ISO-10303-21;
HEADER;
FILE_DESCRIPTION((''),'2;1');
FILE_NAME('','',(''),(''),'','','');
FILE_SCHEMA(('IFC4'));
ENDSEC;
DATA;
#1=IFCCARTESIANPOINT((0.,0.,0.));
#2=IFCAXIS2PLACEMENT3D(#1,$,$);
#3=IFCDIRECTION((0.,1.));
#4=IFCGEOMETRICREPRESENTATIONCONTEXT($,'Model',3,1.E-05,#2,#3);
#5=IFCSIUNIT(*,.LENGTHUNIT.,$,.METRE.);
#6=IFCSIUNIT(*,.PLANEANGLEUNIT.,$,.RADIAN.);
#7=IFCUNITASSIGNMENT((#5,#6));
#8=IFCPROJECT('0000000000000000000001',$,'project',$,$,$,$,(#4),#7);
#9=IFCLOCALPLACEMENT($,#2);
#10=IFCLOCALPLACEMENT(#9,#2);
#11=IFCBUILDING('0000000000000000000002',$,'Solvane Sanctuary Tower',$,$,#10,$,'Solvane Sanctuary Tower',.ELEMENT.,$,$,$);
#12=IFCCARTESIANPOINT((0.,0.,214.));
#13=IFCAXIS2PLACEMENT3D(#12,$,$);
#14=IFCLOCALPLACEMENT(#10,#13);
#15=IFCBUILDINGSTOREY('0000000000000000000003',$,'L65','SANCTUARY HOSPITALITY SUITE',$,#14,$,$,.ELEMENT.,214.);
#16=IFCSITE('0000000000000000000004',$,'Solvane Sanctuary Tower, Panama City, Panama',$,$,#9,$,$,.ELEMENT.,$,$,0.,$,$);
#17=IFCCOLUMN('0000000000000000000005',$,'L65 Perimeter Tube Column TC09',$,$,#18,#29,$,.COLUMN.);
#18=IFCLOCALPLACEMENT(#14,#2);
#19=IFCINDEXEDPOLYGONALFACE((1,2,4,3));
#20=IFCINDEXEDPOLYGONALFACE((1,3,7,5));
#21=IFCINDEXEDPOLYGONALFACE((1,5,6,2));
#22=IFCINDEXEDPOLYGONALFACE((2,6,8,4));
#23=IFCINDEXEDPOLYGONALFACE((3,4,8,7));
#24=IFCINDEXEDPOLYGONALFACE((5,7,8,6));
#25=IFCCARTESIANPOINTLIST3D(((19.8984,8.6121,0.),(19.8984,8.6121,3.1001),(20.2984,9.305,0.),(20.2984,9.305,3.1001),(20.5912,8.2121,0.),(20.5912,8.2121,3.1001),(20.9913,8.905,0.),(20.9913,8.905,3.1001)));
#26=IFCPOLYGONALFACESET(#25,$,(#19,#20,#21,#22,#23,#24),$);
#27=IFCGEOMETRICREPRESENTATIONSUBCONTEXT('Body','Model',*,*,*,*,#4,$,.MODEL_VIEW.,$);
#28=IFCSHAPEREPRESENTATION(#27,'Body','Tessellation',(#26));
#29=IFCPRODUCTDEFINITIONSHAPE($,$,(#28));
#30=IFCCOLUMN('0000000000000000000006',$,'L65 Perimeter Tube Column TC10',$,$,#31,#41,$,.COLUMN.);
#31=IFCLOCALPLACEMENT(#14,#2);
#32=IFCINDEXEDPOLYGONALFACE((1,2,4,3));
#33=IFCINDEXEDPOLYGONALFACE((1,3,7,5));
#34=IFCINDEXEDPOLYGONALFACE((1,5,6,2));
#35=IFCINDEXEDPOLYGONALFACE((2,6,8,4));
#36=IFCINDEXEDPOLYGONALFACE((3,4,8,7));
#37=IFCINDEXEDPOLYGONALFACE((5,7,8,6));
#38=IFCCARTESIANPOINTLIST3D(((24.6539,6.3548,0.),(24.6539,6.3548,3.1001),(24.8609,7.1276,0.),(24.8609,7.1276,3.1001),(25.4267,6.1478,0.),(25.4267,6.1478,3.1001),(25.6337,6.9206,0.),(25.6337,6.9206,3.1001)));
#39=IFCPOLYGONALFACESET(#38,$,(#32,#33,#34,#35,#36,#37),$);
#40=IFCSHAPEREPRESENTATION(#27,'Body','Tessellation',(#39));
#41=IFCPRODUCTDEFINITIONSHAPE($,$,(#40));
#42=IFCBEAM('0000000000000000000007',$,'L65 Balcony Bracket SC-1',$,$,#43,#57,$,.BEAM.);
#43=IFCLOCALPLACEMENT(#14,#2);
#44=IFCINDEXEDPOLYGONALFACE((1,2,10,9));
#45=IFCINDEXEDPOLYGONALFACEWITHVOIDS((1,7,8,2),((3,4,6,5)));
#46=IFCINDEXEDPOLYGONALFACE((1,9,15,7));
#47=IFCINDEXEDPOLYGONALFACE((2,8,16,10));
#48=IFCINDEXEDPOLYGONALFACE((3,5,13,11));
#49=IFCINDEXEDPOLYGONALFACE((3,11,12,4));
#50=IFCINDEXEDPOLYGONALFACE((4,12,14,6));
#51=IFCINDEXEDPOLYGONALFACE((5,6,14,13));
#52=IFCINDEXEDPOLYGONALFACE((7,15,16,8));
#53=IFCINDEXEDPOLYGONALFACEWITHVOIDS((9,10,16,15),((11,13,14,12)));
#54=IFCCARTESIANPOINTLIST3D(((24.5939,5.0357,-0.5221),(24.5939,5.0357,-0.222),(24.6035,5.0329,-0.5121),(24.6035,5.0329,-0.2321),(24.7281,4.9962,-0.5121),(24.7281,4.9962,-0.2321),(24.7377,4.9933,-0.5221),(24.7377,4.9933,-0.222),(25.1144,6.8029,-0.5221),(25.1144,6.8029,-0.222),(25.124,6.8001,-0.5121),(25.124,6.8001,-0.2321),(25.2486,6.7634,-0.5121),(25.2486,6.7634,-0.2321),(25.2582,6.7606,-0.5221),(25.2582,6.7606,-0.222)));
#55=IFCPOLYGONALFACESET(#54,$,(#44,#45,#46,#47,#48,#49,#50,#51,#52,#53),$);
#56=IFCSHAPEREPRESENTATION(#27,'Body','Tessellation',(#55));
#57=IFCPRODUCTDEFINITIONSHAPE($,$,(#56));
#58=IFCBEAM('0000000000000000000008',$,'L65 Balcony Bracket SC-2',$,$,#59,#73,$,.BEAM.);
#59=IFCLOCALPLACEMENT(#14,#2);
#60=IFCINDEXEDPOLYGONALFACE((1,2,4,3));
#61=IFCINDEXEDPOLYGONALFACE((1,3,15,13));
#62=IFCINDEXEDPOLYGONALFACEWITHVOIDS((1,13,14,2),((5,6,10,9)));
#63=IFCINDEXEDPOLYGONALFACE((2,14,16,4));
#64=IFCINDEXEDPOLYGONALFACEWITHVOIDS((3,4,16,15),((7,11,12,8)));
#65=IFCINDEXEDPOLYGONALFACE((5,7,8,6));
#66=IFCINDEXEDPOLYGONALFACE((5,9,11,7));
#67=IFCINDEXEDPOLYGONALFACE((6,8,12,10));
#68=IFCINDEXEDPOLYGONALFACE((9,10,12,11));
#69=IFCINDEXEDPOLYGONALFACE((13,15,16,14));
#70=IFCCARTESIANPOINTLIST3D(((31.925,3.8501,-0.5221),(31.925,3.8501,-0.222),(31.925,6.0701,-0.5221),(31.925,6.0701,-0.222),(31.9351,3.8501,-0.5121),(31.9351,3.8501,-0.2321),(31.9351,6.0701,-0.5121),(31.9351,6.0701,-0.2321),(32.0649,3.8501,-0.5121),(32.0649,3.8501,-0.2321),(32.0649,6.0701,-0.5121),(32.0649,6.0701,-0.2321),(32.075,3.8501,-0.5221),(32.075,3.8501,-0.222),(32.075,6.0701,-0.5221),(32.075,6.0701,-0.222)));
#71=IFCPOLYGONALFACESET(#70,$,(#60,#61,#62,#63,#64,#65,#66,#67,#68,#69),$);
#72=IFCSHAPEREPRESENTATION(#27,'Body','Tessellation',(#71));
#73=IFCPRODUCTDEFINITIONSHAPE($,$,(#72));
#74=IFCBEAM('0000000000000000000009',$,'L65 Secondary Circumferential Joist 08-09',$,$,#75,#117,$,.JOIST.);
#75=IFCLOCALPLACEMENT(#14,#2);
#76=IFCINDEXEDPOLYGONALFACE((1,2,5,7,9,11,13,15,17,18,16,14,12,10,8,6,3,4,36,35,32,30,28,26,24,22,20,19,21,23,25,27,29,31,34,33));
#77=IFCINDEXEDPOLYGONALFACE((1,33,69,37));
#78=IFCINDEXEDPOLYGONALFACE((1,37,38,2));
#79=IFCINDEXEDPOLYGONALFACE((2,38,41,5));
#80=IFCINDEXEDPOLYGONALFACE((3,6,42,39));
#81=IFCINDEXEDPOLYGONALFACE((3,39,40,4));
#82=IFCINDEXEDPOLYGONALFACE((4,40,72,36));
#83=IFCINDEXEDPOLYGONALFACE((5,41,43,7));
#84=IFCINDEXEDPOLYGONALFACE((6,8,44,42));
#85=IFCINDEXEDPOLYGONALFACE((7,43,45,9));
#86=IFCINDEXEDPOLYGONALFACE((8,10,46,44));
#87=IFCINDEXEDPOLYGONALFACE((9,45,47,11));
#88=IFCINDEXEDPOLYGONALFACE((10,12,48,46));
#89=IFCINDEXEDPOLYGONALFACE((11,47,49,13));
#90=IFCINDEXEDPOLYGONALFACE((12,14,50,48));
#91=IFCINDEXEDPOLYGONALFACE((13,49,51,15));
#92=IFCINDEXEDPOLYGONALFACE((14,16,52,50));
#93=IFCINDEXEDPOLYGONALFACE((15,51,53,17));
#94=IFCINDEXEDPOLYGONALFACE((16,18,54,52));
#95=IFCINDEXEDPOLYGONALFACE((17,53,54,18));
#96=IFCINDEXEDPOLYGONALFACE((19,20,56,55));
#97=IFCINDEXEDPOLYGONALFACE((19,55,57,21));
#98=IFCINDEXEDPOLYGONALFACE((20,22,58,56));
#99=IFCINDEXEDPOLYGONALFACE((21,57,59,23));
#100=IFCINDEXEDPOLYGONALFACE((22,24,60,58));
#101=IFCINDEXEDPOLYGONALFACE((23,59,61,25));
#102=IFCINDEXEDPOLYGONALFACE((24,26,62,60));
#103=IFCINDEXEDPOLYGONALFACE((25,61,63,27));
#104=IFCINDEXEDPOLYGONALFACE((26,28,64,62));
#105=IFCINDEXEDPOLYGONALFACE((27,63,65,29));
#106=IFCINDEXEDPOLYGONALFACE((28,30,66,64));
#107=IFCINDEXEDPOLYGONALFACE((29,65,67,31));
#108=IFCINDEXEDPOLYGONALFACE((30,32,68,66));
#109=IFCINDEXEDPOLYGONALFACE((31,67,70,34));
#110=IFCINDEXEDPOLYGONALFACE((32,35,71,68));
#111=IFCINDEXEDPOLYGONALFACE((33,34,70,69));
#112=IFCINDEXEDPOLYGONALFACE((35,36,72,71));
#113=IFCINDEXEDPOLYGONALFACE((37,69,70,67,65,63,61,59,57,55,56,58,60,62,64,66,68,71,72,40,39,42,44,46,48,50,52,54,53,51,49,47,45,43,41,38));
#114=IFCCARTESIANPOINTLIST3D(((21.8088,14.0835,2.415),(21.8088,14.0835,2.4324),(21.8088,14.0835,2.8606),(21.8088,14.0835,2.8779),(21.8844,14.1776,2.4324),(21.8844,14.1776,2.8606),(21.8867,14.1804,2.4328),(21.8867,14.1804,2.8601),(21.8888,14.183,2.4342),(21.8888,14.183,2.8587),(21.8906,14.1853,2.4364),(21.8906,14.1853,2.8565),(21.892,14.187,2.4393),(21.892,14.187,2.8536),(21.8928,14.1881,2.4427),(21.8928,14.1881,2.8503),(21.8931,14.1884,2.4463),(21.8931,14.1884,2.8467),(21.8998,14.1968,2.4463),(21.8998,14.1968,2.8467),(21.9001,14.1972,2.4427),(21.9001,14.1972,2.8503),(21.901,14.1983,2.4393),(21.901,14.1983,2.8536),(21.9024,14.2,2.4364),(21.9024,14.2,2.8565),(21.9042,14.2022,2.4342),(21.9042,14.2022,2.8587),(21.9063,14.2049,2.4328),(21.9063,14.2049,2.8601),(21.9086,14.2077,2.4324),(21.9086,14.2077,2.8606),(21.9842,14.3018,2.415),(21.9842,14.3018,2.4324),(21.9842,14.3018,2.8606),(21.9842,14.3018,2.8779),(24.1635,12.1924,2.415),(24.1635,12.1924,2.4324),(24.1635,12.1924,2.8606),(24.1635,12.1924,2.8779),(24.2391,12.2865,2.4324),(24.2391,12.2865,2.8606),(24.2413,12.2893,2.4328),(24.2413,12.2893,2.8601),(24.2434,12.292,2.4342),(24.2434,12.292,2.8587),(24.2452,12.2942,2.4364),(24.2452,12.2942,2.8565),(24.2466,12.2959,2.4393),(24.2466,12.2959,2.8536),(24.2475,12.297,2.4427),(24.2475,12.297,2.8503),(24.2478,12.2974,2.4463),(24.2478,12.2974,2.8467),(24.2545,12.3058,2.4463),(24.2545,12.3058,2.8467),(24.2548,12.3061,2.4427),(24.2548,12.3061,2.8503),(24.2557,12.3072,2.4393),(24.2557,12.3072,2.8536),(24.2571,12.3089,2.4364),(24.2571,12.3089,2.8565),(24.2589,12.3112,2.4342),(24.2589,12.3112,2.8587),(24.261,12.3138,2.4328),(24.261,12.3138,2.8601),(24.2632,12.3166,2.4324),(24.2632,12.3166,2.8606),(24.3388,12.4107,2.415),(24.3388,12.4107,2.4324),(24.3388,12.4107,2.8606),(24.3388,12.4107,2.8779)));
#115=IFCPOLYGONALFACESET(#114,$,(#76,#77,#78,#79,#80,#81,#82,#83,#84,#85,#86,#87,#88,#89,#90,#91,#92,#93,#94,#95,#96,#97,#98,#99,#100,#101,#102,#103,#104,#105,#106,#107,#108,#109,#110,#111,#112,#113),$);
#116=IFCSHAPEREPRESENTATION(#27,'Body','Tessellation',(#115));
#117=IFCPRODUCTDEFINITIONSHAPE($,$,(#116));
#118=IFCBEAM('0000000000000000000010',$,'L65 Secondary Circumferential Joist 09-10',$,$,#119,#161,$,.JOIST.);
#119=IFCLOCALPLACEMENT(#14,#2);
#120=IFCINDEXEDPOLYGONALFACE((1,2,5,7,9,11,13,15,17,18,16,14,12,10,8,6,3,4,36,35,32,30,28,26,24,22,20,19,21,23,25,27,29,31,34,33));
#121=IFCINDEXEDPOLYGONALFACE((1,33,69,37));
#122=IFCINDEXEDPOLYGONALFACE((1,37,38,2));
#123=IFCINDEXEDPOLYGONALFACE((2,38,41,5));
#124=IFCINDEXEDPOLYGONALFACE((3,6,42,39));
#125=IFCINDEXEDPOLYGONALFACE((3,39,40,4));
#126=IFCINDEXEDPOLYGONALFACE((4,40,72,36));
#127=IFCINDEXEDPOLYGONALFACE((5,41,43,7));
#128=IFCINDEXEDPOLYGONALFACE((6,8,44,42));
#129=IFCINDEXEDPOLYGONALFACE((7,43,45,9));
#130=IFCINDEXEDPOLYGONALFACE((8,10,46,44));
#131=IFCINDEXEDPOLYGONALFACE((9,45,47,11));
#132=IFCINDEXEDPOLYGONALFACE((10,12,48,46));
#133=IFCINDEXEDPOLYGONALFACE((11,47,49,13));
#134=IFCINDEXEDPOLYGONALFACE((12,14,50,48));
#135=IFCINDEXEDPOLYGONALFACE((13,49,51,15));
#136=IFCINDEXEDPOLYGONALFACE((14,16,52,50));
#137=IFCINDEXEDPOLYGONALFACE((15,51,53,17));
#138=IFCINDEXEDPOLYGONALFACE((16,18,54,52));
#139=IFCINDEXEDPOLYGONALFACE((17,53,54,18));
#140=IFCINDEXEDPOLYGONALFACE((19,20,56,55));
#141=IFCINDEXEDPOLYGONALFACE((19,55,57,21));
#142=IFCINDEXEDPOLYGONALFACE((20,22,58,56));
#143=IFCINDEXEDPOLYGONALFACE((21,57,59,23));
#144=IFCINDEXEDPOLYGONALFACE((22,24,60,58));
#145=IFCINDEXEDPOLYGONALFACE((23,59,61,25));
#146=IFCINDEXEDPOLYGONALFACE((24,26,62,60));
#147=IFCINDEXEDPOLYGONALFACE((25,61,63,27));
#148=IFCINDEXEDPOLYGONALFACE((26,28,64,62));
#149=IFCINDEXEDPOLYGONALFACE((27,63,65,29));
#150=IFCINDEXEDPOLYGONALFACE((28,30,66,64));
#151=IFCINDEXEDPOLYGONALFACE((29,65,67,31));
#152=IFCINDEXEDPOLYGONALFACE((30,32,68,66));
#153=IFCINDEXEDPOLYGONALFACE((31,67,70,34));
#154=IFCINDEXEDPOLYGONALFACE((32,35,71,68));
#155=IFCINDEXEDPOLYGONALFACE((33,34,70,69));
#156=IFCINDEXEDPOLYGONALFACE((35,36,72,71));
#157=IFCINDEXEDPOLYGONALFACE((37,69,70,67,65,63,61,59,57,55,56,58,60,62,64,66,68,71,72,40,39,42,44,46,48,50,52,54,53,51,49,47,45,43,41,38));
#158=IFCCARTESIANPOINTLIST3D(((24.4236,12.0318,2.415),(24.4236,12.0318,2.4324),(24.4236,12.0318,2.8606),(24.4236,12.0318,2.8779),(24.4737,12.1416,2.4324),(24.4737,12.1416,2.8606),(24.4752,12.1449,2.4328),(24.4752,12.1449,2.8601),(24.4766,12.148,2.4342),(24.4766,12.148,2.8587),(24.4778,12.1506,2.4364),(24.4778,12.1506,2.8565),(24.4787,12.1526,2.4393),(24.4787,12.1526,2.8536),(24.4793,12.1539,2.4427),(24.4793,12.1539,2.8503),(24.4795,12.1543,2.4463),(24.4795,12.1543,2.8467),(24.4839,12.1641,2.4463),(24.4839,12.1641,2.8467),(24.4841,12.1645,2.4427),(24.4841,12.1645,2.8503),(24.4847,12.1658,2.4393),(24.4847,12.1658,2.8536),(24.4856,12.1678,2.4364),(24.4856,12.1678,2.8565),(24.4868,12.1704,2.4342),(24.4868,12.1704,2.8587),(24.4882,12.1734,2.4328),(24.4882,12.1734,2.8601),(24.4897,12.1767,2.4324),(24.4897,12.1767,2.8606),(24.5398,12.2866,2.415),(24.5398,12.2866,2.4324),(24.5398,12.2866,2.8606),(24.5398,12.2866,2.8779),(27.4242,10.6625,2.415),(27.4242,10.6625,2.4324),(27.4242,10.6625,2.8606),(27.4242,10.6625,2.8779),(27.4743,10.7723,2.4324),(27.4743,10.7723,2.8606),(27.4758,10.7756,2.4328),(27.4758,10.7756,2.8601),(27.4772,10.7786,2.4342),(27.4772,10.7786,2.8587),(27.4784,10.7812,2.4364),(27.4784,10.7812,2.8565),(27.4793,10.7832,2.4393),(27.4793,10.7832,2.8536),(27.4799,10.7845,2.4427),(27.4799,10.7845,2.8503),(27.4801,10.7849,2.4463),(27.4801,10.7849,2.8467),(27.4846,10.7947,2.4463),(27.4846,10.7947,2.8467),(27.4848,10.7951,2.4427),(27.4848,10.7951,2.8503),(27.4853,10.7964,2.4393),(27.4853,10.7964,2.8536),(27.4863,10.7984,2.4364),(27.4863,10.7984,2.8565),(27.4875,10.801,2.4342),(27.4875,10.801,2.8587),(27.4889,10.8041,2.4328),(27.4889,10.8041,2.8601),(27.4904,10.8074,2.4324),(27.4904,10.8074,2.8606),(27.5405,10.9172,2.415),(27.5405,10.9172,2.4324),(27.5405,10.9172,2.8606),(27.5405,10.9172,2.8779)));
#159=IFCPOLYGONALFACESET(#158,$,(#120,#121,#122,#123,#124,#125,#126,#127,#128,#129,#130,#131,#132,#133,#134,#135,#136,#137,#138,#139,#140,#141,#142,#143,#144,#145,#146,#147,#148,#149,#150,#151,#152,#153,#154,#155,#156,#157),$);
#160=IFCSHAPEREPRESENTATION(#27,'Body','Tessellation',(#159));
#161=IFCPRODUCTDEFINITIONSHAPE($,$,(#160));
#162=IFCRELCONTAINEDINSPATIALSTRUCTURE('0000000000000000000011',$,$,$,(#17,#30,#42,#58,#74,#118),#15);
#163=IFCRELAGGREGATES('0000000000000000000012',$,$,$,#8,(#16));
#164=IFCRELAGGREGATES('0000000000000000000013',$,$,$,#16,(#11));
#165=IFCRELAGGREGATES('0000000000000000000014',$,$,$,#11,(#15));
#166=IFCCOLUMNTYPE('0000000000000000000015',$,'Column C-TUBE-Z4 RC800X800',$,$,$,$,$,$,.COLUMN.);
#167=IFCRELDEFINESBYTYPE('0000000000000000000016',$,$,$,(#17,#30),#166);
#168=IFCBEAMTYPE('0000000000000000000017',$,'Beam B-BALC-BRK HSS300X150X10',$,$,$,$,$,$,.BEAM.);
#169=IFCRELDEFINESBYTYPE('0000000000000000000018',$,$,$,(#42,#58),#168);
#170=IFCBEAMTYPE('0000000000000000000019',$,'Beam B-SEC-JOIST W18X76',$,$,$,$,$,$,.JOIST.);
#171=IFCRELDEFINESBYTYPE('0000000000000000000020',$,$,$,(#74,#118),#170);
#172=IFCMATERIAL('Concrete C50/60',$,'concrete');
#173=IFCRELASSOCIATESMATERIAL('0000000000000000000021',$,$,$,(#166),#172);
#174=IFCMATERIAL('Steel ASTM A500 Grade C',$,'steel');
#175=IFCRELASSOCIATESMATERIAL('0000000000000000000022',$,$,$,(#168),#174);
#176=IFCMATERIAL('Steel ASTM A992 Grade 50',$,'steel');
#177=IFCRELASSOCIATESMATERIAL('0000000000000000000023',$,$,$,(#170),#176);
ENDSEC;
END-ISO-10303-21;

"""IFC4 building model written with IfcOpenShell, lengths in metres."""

from ifc_helpers import new_model, si_unit, direction, frame, origin, origin_2d, place, context, subcontext, project, spatial, rectangle, hollow_rectangle, i_section, extrude, material, material_profile, profile_set, type_object, element, save


model = new_model("IFC4")

# Units and contexts
model_context = context("Model", 3, precision=1e-05, world=origin(), true_north=direction((0.0, 1.0)))
body_context = subcontext(model_context, "Body", "Model", "MODEL_VIEW")
ifc_project = project(units=[si_unit("LENGTHUNIT", "METRE"), si_unit("PLANEANGLEUNIT", "RADIAN")], contexts=[model_context])

# Site, building, storey
site_placement = place(None, origin())
site = spatial("IfcSite", under=ifc_project, at=site_placement, Name="Solvane Sanctuary Tower, Panama City, Panama", CompositionType="ELEMENT", RefElevation=0.0)
building_placement = place(site_placement, origin())
building = spatial("IfcBuilding", under=site, at=building_placement, Name="Solvane Sanctuary Tower", LongName="Solvane Sanctuary Tower", CompositionType="ELEMENT")
storey_placement = place(building_placement, frame((0.0, 0.0, 214.0)))
storey = spatial("IfcBuildingStorey", under=building, at=storey_placement, Name="L65", Description="SANCTUARY HOSPITALITY SUITE", CompositionType="ELEMENT", Elevation=214.0)

# Columns
ifc_material_1 = material(Name="Concrete C50/60", Category="concrete")
ifc_material_profile_1 = material_profile(ifc_material_1, rectangle(XDim=0.8, YDim=0.8, at=origin_2d()), Name="RC800X800")
ifc_profile_set_1 = profile_set([ifc_material_profile_1], Name="Concrete C50/60")
column_type = type_object("IfcColumnType", Name="Column C-TUBE-Z4 RC800X800", PredefinedType="COLUMN", material=ifc_profile_set_1)
for number, where, z_axis, x_axis, name in (
    (1, (20.4448, 8.7585, 0.0), (0.0, 0.0, 1.0), (-0.5, -0.866025, 0.0), "L65 Perimeter Tube Column TC09"),
    (2, (25.1438, 6.6377, 0.0), (0.0, 0.0, 1.0), (-0.258819, -0.965926, 0.0), "L65 Perimeter Tube Column TC10"),
):
    element("IfcColumn", number, at=place(storey_placement, frame(where, z_axis=z_axis, x_axis=x_axis)), inside=storey, type_object=column_type, Name=name, PredefinedType="COLUMN", context=body_context, shape_type="SweptSolid", body=[
        extrude(rectangle(XDim=0.8, YDim=0.8, at=origin_2d()), origin(), (0.0, 0.0, 1.0), 3.1001),
    ])

# Beams
ifc_material_2 = material(Name="Steel ASTM A500 Grade C", Category="steel")
ifc_material_profile_2 = material_profile(ifc_material_2, hollow_rectangle(XDim=0.1499, YDim=0.3, WallThickness=0.01, at=origin_2d()), Name="HSS300X150X10")
ifc_profile_set_2 = profile_set([ifc_material_profile_2], Name="Steel ASTM A500 Grade C")
beam_type_1 = type_object("IfcBeamType", Name="Beam B-BALC-BRK HSS300X150X10", PredefinedType="BEAM", material=ifc_profile_set_2)
beam_1_placement = place(storey_placement, frame((25.1863, 6.7817, -0.3721), z_axis=(-0.282518, -0.959262, 0.0), x_axis=(0.959262, -0.282518, 0.0)))
element("IfcBeam", 3, at=beam_1_placement, inside=storey, type_object=beam_type_1, Name="L65 Balcony Bracket SC-1", PredefinedType="BEAM", context=body_context, shape_type="SweptSolid", body=[
    extrude(hollow_rectangle(XDim=0.1499, YDim=0.3, WallThickness=0.01, at=origin_2d()), origin(), (0.0, 0.0, 1.0), 1.8423),
])
beam_2_placement = place(storey_placement, frame((32.0, 6.0701, -0.3721), z_axis=(0.0, -1.0, 0.0), x_axis=(1.0, 0.0, 0.0)))
element("IfcBeam", 4, at=beam_2_placement, inside=storey, type_object=beam_type_1, Name="L65 Balcony Bracket SC-2", PredefinedType="BEAM", context=body_context, shape_type="SweptSolid", body=[
    extrude(hollow_rectangle(XDim=0.1499, YDim=0.3, WallThickness=0.01, at=origin_2d()), origin(), (0.0, 0.0, 1.0), 2.22),
])
ifc_material_3 = material(Name="Steel ASTM A992 Grade 50", Category="steel")
ifc_material_profile_3 = material_profile(ifc_material_3, i_section(OverallWidth=0.28, OverallDepth=0.4629, WebThickness=0.0107, FlangeThickness=0.0173, FilletRadius=0.0139, at=origin_2d()), Name="W18X76")
ifc_profile_set_3 = profile_set([ifc_material_profile_3], Name="Steel ASTM A992 Grade 50")
beam_type_2 = type_object("IfcBeamType", Name="Beam B-SEC-JOIST W18X76", PredefinedType="JOIST", material=ifc_profile_set_3)
beam_3_placement = place(storey_placement, frame((21.8965, 14.1926, 2.6465), z_axis=(0.779684, -0.626173, 0.0), x_axis=(0.626173, 0.779684, 0.0)))
element("IfcBeam", 5, at=beam_3_placement, inside=storey, type_object=beam_type_2, Name="L65 Secondary Circumferential Joist 08-09", PredefinedType="JOIST", context=body_context, shape_type="SweptSolid", body=[
    extrude(i_section(OverallWidth=0.28, OverallDepth=0.4629, WebThickness=0.0107, FlangeThickness=0.0173, FilletRadius=0.0139, at=origin_2d()), origin(), (0.0, 0.0, 1.0), 3.02),
])
beam_4_placement = place(storey_placement, frame((24.4817, 12.1592, 2.6465), z_axis=(0.909747, -0.415163, 0.0), x_axis=(0.415163, 0.909747, 0.0)))
element("IfcBeam", 6, at=beam_4_placement, inside=storey, type_object=beam_type_2, Name="L65 Secondary Circumferential Joist 09-10", PredefinedType="JOIST", context=body_context, shape_type="SweptSolid", body=[
    extrude(i_section(OverallWidth=0.28, OverallDepth=0.4629, WebThickness=0.0107, FlangeThickness=0.0173, FilletRadius=0.0139, at=origin_2d()), origin(), (0.0, 0.0, 1.0), 3.2983),
])

save(model, "model.ifc")
